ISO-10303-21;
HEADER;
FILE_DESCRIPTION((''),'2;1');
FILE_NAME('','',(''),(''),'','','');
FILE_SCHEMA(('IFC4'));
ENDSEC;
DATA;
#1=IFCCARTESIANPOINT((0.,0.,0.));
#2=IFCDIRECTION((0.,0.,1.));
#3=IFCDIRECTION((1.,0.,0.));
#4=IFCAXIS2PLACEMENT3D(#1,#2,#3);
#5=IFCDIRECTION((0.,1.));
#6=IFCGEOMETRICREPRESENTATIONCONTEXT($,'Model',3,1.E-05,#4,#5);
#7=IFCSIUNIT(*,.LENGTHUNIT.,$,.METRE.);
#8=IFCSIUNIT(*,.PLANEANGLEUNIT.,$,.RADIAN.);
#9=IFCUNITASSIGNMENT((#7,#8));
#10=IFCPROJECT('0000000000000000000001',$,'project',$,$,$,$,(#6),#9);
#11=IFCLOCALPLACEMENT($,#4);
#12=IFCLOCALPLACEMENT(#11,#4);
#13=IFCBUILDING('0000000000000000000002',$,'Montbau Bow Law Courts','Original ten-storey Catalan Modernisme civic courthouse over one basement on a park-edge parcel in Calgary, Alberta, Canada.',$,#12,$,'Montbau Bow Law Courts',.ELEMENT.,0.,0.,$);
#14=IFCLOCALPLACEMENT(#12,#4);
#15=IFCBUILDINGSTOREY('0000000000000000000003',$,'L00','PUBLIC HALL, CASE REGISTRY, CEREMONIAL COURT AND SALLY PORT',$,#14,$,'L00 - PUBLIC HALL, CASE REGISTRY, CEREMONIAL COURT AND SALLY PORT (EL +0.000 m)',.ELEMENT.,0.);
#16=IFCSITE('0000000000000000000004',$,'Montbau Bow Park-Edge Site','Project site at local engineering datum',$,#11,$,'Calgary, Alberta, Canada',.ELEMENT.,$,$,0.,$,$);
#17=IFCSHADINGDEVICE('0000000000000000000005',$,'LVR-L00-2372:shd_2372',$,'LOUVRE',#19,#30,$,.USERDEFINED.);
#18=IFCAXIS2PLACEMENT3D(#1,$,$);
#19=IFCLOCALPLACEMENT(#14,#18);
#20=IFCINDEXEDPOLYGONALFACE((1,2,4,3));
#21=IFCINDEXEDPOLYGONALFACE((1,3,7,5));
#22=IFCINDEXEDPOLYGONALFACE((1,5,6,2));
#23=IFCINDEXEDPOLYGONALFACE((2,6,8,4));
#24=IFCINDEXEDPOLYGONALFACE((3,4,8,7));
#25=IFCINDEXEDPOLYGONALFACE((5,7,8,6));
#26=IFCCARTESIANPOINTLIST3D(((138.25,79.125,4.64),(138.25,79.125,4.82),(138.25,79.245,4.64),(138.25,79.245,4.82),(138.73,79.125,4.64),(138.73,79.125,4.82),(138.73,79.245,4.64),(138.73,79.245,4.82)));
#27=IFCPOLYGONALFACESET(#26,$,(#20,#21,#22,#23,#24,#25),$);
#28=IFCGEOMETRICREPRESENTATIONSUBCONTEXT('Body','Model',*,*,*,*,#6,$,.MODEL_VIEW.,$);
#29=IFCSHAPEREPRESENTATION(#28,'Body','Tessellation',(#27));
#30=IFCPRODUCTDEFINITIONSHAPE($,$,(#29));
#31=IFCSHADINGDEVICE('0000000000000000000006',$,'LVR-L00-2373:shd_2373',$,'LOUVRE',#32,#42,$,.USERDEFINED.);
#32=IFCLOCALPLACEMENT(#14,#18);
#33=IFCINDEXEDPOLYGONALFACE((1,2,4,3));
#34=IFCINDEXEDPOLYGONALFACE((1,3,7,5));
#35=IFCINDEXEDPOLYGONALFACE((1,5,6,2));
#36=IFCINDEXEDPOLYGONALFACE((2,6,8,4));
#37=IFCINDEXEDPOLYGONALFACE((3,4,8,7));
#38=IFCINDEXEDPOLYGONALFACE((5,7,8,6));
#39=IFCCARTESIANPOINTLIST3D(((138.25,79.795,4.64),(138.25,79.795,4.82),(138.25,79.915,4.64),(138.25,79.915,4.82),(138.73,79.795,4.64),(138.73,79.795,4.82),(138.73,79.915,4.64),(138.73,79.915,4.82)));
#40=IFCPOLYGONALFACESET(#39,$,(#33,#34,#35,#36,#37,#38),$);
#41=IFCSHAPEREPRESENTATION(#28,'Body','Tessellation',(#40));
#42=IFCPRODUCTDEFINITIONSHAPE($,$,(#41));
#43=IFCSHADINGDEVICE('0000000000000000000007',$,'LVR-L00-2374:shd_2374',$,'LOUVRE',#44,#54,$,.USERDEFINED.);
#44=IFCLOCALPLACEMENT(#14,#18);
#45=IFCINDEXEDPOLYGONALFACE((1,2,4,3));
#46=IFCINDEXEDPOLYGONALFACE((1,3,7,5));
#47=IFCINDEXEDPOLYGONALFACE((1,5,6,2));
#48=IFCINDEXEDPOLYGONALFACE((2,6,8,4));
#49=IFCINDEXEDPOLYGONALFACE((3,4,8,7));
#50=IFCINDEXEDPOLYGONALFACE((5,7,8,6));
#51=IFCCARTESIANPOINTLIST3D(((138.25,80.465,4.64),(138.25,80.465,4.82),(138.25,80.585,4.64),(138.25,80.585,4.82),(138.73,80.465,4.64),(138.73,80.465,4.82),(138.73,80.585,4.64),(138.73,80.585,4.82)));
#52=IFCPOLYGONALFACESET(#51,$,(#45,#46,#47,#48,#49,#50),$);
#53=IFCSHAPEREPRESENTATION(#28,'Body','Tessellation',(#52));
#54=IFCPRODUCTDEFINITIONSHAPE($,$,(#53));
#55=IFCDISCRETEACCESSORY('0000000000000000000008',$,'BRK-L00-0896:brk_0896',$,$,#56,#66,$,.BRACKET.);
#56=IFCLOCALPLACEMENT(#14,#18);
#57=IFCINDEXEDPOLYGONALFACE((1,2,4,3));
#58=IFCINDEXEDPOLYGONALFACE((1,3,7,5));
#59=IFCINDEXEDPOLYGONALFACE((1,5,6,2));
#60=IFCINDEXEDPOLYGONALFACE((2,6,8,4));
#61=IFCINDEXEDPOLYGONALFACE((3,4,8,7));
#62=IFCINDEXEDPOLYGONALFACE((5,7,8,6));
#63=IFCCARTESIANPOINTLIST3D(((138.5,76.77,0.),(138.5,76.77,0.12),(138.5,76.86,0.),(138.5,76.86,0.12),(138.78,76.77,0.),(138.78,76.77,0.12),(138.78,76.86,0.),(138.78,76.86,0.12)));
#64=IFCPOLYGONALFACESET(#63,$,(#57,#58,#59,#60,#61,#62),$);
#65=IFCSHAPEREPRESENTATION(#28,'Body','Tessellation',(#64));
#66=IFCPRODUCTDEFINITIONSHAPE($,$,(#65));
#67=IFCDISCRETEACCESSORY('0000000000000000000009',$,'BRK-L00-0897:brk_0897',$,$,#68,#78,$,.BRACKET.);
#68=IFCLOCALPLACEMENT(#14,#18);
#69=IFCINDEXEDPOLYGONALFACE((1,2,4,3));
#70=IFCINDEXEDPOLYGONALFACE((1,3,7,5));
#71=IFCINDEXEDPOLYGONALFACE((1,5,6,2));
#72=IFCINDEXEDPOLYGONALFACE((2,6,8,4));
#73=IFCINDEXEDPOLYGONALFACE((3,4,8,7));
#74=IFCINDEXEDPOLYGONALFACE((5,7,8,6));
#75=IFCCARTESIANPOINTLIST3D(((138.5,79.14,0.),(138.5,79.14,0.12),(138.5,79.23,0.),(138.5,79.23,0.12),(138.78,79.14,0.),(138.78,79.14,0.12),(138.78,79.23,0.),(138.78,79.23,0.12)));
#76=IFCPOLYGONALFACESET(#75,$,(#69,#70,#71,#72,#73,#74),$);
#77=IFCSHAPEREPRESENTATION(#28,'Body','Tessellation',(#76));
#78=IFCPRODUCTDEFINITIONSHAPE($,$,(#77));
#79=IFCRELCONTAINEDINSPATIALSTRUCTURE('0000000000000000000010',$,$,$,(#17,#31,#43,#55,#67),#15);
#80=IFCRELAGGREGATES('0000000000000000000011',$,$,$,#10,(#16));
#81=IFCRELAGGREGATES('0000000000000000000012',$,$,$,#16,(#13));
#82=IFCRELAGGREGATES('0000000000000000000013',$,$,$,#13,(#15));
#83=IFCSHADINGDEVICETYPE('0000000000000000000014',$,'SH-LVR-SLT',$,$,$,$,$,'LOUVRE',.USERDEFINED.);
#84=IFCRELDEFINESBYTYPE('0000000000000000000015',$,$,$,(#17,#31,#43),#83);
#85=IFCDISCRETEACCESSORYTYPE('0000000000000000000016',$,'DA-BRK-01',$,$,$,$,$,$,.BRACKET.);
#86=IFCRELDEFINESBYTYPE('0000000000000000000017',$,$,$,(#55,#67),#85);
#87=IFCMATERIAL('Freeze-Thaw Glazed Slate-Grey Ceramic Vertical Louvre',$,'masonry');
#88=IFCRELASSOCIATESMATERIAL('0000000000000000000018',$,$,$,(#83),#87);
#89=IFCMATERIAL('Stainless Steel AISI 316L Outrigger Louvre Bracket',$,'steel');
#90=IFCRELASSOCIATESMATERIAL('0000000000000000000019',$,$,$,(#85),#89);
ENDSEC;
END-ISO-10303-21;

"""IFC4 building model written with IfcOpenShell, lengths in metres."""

from ifc_helpers import new_model, si_unit, direction, frame, origin_with_axes, origin_2d_with_axis, place, context, subcontext, project, spatial, rectangle, extrude, material, type_object, element, save


model = new_model("IFC4")

# Units and contexts
model_context = context("Model", 3, precision=1e-05, world=origin_with_axes(), true_north=direction((0.0, 1.0)))
body_context = subcontext(model_context, "Body", "Model", "MODEL_VIEW")
ifc_project = project(units=[si_unit("LENGTHUNIT", "METRE"), si_unit("PLANEANGLEUNIT", "RADIAN")], contexts=[model_context])

# Site, building, storey
site_placement = place(None, origin_with_axes())
site = spatial("IfcSite", under=ifc_project, at=site_placement, Name="Montbau Bow Park-Edge Site", Description="Project site at local engineering datum", LongName="Calgary, Alberta, Canada", CompositionType="ELEMENT", RefElevation=0.0)
building_placement = place(site_placement, origin_with_axes())
building = spatial("IfcBuilding", under=site, at=building_placement, Name="Montbau Bow Law Courts", Description="Original ten-storey Catalan Modernisme civic courthouse over one basement on a park-edge parcel in Calgary, Alberta, Canada.", LongName="Montbau Bow Law Courts", CompositionType="ELEMENT", ElevationOfRefHeight=0.0, ElevationOfTerrain=0.0)
storey_placement = place(building_placement, origin_with_axes())
storey = spatial("IfcBuildingStorey", under=building, at=storey_placement, Name="L00", Description="PUBLIC HALL, CASE REGISTRY, CEREMONIAL COURT AND SALLY PORT", LongName="L00 - PUBLIC HALL, CASE REGISTRY, CEREMONIAL COURT AND SALLY PORT (EL +0.000 m)", CompositionType="ELEMENT", Elevation=0.0)

# Shared definitions
ifc_material_1 = material(Name="Freeze-Thaw Glazed Slate-Grey Ceramic Vertical Louvre", Category="masonry")

# Shading devices
shading_device_type = type_object("IfcShadingDeviceType", Name="SH-LVR-SLT", ElementType="LOUVRE", PredefinedType="USERDEFINED", material=ifc_material_1)
for number, where, z_axis, x_axis, name in (
    (1, (138.49, 79.185, 4.64), (0.0, 0.0, 1.0), (-1.0, 0.0, 0.0), "LVR-L00-2372:shd_2372"),
    (2, (138.49, 79.855, 4.64), (0.0, 0.0, 1.0), (-1.0, 0.0, 0.0), "LVR-L00-2373:shd_2373"),
    (3, (138.49, 80.525, 4.64), (0.0, 0.0, 1.0), (-1.0, 0.0, 0.0), "LVR-L00-2374:shd_2374"),
):
    element("IfcShadingDevice", number, at=place(None, frame(where, z_axis=z_axis, x_axis=x_axis)), inside=storey, type_object=shading_device_type, Name=name, ObjectType="LOUVRE", PredefinedType="USERDEFINED", context=body_context, shape_type="SweptSolid", body=[
        extrude(rectangle(XDim=0.48, YDim=0.12, at=origin_2d_with_axis()), origin_with_axes(), (0.0, 0.0, 1.0), 0.18),
    ])

# Discrete accessories
ifc_material_2 = material(Name="Stainless Steel AISI 316L Outrigger Louvre Bracket", Category="steel")
discrete_accessory_type = type_object("IfcDiscreteAccessoryType", Name="DA-BRK-01", PredefinedType="BRACKET", material=ifc_material_2)
for number, where, z_axis, x_axis, name in (
    (4, (138.64, 76.815, 0.0), (0.0, 0.0, 1.0), (-1.0, 0.0, 0.0), "BRK-L00-0896:brk_0896"),
    (5, (138.64, 79.185, 0.0), (0.0, 0.0, 1.0), (-1.0, 0.0, 0.0), "BRK-L00-0897:brk_0897"),
):
    element("IfcDiscreteAccessory", number, at=place(None, frame(where, z_axis=z_axis, x_axis=x_axis)), inside=storey, type_object=discrete_accessory_type, Name=name, PredefinedType="BRACKET", context=body_context, shape_type="SweptSolid", body=[
        extrude(rectangle(XDim=0.28, YDim=0.09, at=origin_2d_with_axis()), origin_with_axes(), (0.0, 0.0, 1.0), 0.12),
    ])

save(model, "model.ifc")
